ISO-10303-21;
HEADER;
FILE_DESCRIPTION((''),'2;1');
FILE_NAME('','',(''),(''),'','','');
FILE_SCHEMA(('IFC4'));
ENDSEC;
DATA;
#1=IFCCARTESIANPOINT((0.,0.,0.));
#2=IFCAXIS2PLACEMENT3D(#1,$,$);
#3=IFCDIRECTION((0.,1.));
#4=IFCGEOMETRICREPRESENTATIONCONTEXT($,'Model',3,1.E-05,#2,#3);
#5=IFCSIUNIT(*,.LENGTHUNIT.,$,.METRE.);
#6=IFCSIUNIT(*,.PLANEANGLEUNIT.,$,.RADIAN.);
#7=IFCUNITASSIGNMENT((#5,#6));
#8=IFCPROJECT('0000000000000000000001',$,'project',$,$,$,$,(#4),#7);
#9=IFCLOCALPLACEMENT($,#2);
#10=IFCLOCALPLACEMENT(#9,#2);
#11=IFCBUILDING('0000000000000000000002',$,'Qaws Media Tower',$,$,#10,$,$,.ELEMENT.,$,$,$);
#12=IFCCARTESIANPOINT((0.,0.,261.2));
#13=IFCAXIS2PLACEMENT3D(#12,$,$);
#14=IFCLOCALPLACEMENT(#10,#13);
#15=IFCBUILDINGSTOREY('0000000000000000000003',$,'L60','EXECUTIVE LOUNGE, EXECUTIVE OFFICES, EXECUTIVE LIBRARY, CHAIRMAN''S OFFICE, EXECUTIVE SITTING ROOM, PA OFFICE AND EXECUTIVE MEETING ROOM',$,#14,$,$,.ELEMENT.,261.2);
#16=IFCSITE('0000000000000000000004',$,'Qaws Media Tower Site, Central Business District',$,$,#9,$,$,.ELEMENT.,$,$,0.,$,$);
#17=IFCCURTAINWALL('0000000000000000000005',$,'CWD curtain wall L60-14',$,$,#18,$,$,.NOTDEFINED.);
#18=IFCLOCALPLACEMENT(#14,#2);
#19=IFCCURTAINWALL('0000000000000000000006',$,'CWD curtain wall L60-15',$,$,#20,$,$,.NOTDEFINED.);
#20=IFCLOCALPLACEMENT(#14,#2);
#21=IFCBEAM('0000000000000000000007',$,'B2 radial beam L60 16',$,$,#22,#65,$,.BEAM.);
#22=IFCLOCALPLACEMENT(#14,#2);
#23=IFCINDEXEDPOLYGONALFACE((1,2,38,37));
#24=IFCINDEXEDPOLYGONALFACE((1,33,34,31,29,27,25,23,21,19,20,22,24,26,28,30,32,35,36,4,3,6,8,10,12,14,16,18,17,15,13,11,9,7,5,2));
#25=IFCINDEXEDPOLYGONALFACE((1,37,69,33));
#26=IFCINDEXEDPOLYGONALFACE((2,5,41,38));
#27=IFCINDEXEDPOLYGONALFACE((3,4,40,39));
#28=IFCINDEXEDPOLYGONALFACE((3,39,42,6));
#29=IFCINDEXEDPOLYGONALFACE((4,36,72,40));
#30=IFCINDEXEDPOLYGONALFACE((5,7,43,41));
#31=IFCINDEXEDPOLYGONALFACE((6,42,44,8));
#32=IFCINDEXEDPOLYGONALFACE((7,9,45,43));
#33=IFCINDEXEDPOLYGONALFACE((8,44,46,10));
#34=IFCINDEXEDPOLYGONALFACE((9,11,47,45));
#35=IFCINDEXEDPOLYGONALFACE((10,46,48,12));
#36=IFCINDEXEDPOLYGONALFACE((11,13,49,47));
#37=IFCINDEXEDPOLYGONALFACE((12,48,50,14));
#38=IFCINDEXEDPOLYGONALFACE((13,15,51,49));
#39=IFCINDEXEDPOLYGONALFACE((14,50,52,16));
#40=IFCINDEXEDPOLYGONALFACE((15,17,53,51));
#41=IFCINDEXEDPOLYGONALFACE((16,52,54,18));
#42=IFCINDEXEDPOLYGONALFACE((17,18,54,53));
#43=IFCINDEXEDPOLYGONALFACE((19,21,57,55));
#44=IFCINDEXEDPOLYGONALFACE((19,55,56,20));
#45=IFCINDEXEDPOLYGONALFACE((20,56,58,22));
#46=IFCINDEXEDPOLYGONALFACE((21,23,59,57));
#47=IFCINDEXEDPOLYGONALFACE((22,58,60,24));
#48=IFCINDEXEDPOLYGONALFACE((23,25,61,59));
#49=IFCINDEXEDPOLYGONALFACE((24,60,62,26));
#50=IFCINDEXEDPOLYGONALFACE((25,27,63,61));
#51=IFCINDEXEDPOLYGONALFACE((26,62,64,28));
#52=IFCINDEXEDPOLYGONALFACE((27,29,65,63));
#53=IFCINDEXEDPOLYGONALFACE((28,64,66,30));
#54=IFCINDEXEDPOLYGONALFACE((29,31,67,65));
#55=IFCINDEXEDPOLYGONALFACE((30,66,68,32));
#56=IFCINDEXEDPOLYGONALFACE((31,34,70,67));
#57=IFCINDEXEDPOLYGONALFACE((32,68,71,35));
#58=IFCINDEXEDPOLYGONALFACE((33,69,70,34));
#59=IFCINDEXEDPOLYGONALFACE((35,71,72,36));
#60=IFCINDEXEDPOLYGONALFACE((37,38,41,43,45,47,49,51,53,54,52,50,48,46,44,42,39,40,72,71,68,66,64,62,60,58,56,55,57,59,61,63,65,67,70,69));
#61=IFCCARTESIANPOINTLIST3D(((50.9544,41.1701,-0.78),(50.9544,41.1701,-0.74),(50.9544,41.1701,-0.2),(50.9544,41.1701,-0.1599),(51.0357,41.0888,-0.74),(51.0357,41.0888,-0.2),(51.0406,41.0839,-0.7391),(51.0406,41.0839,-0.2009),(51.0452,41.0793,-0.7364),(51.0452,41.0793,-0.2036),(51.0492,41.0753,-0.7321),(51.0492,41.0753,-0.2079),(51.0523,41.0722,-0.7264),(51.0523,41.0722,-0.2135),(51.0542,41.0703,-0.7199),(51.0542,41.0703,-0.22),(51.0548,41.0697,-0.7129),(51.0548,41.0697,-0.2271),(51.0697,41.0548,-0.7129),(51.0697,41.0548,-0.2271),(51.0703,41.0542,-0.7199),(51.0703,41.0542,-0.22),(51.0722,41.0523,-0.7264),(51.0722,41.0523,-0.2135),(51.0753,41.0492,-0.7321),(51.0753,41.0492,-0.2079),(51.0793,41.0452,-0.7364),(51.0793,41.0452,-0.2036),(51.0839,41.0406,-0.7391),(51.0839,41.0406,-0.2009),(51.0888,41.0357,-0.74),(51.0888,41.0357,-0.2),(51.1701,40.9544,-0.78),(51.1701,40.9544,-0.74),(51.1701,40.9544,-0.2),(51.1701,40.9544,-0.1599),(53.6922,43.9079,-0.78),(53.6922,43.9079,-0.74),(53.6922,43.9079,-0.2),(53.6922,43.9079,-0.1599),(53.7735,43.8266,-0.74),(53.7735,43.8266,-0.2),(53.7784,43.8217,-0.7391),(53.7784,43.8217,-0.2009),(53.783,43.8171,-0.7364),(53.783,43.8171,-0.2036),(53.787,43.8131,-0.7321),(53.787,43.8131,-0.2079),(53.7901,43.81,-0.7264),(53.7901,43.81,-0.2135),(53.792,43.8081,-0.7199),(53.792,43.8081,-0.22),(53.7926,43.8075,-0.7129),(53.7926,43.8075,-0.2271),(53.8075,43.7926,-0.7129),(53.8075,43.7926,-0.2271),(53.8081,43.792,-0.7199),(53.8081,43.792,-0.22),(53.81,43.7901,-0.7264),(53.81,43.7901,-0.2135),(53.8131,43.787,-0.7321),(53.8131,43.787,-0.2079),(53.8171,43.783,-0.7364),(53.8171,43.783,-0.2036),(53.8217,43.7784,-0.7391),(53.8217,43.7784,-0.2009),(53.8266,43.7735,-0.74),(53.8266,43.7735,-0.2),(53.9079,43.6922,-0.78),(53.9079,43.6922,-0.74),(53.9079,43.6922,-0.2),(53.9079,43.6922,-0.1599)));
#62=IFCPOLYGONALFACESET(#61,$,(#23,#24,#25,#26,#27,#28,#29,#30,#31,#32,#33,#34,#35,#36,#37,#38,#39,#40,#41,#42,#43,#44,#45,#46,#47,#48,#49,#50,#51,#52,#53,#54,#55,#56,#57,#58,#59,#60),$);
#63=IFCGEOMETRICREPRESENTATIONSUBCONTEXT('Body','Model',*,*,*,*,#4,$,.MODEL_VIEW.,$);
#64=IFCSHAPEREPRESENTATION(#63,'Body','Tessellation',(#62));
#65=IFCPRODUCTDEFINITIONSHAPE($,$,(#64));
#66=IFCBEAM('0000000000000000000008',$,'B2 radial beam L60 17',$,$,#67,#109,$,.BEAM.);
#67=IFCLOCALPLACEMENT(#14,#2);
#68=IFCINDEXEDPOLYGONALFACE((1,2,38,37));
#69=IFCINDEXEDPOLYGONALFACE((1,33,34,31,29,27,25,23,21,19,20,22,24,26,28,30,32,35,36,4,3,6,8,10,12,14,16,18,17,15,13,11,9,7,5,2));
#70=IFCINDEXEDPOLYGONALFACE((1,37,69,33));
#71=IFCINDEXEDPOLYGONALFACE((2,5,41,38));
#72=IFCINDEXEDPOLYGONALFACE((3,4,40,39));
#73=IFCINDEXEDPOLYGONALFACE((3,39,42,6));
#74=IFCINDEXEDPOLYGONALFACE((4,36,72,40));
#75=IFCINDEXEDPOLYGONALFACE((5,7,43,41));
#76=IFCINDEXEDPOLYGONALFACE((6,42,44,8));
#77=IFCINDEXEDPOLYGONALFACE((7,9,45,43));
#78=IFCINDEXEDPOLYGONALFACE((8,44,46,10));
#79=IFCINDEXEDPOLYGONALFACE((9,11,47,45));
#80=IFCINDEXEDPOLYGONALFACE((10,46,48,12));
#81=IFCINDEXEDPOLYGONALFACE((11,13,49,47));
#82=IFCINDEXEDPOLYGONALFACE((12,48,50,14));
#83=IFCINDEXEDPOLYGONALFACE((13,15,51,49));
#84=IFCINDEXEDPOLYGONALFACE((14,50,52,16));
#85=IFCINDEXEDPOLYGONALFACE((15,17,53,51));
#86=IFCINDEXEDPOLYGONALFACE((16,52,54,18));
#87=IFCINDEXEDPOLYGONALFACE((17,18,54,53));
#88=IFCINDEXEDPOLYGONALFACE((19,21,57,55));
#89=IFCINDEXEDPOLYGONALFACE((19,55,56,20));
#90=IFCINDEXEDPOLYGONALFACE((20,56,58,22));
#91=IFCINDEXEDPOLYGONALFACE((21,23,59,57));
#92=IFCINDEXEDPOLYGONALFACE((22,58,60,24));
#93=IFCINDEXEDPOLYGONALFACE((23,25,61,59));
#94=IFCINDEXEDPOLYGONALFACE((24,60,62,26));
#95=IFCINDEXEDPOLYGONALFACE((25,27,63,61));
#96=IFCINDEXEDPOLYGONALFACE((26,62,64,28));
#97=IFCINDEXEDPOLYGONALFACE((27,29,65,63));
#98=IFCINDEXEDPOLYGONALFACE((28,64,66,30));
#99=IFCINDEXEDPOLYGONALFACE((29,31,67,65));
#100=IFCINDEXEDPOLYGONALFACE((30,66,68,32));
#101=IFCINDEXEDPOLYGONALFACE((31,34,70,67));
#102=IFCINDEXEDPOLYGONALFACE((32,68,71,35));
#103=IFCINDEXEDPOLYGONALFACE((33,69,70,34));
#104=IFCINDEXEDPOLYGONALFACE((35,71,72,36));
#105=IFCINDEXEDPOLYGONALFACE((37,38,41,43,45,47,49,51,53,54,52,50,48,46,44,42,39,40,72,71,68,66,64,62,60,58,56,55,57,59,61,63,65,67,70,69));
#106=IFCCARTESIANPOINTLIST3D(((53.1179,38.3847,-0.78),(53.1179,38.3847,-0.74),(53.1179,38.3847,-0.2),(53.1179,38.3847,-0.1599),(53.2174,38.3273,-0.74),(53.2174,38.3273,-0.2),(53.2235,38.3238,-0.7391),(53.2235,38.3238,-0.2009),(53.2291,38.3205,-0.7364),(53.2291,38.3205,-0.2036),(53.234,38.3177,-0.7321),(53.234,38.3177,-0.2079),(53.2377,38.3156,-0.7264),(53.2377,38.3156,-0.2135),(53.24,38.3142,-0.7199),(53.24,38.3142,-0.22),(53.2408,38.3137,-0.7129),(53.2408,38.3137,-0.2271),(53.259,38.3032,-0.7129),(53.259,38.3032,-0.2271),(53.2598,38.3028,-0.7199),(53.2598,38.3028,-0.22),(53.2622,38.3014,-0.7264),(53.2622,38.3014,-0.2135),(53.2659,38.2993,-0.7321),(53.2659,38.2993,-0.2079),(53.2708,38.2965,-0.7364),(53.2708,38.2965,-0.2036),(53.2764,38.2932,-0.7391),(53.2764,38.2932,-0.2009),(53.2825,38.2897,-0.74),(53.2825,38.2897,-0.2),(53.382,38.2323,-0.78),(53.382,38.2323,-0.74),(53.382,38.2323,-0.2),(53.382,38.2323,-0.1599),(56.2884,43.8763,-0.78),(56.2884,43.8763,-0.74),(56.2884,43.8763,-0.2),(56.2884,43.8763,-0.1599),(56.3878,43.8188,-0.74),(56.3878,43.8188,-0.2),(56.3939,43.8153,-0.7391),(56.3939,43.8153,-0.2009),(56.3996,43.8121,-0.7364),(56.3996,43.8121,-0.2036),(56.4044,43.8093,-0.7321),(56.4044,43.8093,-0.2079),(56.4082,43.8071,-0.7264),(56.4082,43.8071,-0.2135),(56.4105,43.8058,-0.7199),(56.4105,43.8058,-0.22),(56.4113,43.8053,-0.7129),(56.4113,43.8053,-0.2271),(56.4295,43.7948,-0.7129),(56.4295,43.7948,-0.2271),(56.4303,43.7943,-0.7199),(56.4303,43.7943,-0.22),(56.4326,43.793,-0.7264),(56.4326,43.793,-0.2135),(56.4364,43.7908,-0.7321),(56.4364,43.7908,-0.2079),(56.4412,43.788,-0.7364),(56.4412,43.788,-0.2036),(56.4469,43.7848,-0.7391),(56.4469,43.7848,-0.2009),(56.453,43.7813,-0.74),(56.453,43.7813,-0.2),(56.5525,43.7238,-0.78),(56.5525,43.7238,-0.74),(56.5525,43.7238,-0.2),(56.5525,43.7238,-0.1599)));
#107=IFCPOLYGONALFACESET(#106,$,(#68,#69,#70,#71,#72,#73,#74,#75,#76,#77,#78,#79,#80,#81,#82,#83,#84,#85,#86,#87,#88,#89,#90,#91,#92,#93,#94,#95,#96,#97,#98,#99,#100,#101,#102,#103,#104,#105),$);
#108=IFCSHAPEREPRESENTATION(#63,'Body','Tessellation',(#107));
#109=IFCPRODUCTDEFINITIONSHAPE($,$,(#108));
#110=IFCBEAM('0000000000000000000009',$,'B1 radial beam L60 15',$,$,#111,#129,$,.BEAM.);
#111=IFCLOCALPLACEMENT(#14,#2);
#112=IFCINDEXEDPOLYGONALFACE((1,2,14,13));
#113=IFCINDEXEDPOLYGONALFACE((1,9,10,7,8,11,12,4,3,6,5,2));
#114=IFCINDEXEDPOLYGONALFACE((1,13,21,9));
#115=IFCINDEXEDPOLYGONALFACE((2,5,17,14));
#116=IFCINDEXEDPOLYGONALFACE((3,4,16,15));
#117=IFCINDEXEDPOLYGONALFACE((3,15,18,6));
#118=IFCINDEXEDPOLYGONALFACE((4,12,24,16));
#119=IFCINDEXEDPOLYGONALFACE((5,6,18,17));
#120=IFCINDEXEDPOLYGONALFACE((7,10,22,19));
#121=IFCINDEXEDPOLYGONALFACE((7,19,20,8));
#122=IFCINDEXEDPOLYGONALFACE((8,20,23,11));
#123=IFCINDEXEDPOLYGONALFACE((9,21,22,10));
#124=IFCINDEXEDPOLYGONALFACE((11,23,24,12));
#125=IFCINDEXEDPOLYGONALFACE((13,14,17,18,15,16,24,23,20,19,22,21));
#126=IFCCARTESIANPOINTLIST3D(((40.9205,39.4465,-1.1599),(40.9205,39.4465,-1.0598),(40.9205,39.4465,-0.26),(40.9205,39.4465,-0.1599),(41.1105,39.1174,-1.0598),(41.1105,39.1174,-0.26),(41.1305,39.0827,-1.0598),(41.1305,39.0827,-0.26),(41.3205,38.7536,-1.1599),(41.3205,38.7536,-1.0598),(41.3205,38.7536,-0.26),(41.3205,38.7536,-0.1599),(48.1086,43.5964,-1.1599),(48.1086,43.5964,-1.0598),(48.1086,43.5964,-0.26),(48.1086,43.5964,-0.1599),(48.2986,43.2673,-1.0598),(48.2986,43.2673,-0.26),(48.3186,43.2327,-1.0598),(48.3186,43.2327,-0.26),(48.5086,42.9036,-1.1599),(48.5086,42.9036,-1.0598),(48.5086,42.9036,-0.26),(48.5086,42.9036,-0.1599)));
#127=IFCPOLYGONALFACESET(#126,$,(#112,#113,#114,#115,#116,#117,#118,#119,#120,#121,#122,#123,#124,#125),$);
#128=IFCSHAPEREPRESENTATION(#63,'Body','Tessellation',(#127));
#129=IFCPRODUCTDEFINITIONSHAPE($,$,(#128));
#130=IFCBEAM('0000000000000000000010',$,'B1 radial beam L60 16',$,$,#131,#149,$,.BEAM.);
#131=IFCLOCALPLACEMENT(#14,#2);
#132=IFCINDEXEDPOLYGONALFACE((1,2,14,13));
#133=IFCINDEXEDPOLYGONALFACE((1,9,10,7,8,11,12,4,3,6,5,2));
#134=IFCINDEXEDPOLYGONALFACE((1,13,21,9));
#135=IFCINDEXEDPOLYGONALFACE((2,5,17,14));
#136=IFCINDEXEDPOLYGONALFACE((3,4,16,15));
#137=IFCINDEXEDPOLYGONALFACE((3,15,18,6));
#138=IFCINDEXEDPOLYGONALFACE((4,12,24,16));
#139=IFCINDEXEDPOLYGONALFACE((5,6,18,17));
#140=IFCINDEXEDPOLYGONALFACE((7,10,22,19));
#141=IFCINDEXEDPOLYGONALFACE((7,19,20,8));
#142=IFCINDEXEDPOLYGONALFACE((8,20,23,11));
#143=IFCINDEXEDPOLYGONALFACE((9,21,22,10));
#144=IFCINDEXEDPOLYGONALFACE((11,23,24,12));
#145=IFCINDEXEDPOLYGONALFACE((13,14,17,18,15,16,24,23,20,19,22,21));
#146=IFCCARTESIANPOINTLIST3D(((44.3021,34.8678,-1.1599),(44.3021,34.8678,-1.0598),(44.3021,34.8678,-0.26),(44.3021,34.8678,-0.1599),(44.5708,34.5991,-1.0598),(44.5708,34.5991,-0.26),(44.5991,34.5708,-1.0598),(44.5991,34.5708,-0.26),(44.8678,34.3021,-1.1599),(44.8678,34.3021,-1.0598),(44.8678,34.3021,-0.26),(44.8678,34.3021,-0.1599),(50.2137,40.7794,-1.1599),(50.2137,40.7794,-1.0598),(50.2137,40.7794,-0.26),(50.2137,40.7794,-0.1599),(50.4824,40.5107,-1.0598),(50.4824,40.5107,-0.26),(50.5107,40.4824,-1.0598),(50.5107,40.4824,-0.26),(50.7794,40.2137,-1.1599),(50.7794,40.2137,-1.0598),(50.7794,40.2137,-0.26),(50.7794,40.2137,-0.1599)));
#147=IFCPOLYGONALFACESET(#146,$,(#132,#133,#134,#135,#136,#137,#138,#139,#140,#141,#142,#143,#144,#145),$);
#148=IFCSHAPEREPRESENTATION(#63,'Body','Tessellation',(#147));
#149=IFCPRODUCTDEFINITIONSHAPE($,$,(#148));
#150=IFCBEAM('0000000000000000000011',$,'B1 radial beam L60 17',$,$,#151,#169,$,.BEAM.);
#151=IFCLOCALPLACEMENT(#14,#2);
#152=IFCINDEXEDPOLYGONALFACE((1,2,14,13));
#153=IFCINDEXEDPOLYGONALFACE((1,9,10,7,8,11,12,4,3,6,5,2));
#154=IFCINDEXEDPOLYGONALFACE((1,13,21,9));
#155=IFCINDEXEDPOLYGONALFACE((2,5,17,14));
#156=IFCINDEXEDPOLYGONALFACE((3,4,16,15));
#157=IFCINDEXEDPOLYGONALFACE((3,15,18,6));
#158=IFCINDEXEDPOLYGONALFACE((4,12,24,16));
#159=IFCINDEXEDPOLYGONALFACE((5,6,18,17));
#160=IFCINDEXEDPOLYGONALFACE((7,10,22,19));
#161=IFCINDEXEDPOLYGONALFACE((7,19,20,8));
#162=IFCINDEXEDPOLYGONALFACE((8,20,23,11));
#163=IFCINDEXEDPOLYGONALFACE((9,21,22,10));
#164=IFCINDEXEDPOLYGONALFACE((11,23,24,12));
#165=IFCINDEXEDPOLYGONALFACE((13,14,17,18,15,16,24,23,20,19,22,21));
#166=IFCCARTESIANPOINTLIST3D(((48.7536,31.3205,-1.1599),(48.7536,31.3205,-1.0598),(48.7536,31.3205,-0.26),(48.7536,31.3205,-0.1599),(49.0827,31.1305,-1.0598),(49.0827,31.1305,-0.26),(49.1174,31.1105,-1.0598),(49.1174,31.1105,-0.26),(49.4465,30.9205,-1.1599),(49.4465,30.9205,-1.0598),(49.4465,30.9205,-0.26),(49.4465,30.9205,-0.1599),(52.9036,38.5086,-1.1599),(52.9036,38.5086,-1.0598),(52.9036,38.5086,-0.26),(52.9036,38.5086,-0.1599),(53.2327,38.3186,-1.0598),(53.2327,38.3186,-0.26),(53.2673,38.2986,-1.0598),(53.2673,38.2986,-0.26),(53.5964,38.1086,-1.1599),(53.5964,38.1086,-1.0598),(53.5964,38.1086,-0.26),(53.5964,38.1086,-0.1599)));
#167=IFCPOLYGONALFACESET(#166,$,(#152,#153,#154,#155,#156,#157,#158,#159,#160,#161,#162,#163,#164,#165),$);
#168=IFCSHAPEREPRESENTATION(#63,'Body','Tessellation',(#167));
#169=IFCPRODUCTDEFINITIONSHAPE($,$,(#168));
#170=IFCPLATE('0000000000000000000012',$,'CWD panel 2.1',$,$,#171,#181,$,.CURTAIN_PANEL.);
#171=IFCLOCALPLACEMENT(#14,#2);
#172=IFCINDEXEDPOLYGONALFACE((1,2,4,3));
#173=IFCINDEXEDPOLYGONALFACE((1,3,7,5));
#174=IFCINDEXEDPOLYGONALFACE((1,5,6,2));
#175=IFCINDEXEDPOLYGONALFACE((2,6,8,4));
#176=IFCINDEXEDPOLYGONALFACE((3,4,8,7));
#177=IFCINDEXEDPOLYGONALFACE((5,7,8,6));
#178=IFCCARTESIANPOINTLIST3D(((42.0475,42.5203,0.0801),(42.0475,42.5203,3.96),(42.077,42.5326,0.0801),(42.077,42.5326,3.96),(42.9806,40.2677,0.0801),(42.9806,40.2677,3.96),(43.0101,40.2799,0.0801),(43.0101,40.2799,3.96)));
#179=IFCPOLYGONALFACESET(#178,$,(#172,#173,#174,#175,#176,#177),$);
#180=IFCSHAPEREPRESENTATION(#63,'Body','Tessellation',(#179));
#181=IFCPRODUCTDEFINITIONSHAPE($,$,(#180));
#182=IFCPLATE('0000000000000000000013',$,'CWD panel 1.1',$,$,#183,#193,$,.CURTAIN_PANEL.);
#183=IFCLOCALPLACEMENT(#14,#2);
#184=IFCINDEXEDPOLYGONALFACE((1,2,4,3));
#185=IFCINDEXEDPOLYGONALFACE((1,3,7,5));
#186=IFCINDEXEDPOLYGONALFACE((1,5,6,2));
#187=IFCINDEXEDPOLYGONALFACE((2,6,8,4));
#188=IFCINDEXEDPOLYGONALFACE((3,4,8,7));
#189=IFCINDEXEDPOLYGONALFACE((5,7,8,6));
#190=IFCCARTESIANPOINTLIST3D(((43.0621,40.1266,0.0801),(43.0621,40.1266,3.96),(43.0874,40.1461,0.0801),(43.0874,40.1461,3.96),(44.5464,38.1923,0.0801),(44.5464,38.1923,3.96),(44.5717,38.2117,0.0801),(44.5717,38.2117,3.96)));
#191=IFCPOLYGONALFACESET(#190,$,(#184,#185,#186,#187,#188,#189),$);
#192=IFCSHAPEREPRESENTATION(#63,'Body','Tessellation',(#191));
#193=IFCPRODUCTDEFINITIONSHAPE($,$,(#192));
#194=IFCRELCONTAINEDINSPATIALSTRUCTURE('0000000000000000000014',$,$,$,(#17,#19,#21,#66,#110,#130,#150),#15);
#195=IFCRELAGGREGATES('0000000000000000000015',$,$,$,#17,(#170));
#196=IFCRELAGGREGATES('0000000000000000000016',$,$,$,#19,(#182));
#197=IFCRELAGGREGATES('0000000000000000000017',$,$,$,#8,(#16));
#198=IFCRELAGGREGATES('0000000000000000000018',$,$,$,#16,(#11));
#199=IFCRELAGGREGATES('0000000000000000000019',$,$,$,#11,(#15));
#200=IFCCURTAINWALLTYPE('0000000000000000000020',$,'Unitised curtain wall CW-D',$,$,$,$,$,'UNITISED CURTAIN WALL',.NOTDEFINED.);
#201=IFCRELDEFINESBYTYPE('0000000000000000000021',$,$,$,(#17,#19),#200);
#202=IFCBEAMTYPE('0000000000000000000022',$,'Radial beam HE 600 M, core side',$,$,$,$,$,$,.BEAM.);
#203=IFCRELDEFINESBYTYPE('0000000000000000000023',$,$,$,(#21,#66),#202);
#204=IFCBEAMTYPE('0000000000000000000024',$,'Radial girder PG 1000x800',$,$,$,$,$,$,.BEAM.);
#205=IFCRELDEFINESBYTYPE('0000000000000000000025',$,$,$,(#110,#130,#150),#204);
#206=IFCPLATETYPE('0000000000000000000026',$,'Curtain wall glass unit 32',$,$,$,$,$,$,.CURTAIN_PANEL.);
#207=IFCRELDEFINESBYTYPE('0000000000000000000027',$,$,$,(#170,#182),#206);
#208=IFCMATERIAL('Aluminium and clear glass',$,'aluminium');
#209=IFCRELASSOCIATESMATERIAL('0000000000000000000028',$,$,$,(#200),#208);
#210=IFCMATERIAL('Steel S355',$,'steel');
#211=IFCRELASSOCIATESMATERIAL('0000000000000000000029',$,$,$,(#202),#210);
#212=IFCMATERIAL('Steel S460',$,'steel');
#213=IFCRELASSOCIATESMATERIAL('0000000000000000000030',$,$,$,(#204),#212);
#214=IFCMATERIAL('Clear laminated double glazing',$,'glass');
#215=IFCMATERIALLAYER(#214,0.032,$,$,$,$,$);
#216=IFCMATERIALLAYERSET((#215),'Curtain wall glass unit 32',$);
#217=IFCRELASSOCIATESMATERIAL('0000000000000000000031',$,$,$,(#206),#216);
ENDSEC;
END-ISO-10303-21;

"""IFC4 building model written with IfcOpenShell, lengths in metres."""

from ifc_helpers import new_model, si_unit, direction, frame, origin, origin_2d, place, context, subcontext, project, spatial, rectangle, i_section, extrude, material, layer, layer_set, material_profile, profile_set, type_object, element, aggregate, save


model = new_model("IFC4")

# Units and contexts
model_context = context("Model", 3, precision=1e-05, world=origin(), true_north=direction((0.0, 1.0)))
body_context = subcontext(model_context, "Body", "Model", "MODEL_VIEW")
ifc_project = project(units=[si_unit("LENGTHUNIT", "METRE"), si_unit("PLANEANGLEUNIT", "RADIAN")], contexts=[model_context])

# Site, building, storey
site_placement = place(None, origin())
site = spatial("IfcSite", under=ifc_project, at=site_placement, Name="Qaws Media Tower Site, Central Business District", CompositionType="ELEMENT", RefElevation=0.0)
building_placement = place(site_placement, origin())
building = spatial("IfcBuilding", under=site, at=building_placement, Name="Qaws Media Tower", CompositionType="ELEMENT")
storey_placement = place(building_placement, frame((0.0, 0.0, 261.2)))
storey = spatial("IfcBuildingStorey", under=building, at=storey_placement, Name="L60", Description="EXECUTIVE LOUNGE, EXECUTIVE OFFICES, EXECUTIVE LIBRARY, CHAIRMAN'S OFFICE, EXECUTIVE SITTING ROOM, PA OFFICE AND EXECUTIVE MEETING ROOM", CompositionType="ELEMENT", Elevation=261.2)

# Curtain walls
ifc_material_1 = material(Name="Aluminium and clear glass", Category="aluminium")
curtain_wall_type = type_object("IfcCurtainWallType", Name="Unitised curtain wall CW-D", ElementType="UNITISED CURTAIN WALL", PredefinedType="NOTDEFINED", material=ifc_material_1)
curtain_wall_1_placement = place(storey_placement, origin())
curtain_wall_1 = element("IfcCurtainWall", 1, at=curtain_wall_1_placement, inside=storey, type_object=curtain_wall_type, Name="CWD curtain wall L60-14", PredefinedType="NOTDEFINED")
curtain_wall_2_placement = place(storey_placement, origin())
curtain_wall_2 = element("IfcCurtainWall", 2, at=curtain_wall_2_placement, inside=storey, type_object=curtain_wall_type, Name="CWD curtain wall L60-15", PredefinedType="NOTDEFINED")

# Beams
ifc_material_2 = material(Name="Steel S355", Category="steel")
ifc_material_profile_1 = material_profile(ifc_material_2, i_section(OverallWidth=0.3049, OverallDepth=0.6201, WebThickness=0.021, FlangeThickness=0.04, FilletRadius=0.0271, at=origin_2d()), Name="HE 600 M")
ifc_profile_set_1 = profile_set([ifc_material_profile_1], Name="Steel S355")
beam_type_1 = type_object("IfcBeamType", Name="Radial beam HE 600 M, core side", PredefinedType="BEAM", material=ifc_profile_set_1)
beam_1_placement = place(storey_placement, frame((53.8, 43.8, -0.47), z_axis=(-0.707107, -0.707107, 0.0), x_axis=(0.707107, -0.707107, 0.0)))
element("IfcBeam", 3, at=beam_1_placement, inside=storey, type_object=beam_type_1, Name="B2 radial beam L60 16", PredefinedType="BEAM", context=body_context, shape_type="SweptSolid", body=[
    extrude(i_section(OverallWidth=0.3049, OverallDepth=0.6201, WebThickness=0.021, FlangeThickness=0.04, FilletRadius=0.0271, at=origin_2d()), origin(), (0.0, 0.0, 1.0), 3.8718),
])
beam_2_placement = place(storey_placement, frame((56.4204, 43.8, -0.47), z_axis=(-0.49999, -0.866031, 0.0), x_axis=(0.866031, -0.49999, 0.0)))
element("IfcBeam", 4, at=beam_2_placement, inside=storey, type_object=beam_type_1, Name="B2 radial beam L60 17", PredefinedType="BEAM", context=body_context, shape_type="SweptSolid", body=[
    extrude(i_section(OverallWidth=0.3049, OverallDepth=0.6201, WebThickness=0.021, FlangeThickness=0.04, FilletRadius=0.0271, at=origin_2d()), origin(), (0.0, 0.0, 1.0), 6.3411),
])
ifc_material_3 = material(Name="Steel S460", Category="steel")
ifc_material_profile_2 = material_profile(ifc_material_3, i_section(OverallWidth=0.8, OverallDepth=1.0, WebThickness=0.04, FlangeThickness=0.1001, at=origin_2d()), Name="PG 1000x800")
ifc_profile_set_2 = profile_set([ifc_material_profile_2], Name="Steel S460")
beam_type_2 = type_object("IfcBeamType", Name="Radial girder PG 1000x800", PredefinedType="BEAM", material=ifc_profile_set_2)
beam_3_placement = place(storey_placement, frame((48.3086, 43.25, -0.6599), z_axis=(-0.86603, -0.499992, 0.0), x_axis=(0.499992, -0.86603, 0.0)))
element("IfcBeam", 5, at=beam_3_placement, inside=storey, type_object=beam_type_2, Name="B1 radial beam L60 15", PredefinedType="BEAM", context=body_context, shape_type="SweptSolid", body=[
    extrude(i_section(OverallWidth=0.8, OverallDepth=1.0, WebThickness=0.04, FlangeThickness=0.1001, at=origin_2d()), origin(), (0.0, 0.0, 1.0), 8.3),
])
beam_4_placement = place(storey_placement, frame((50.4966, 40.4966, -0.6599), z_axis=(-0.707107, -0.707107, 0.0), x_axis=(0.707107, -0.707107, 0.0)))
element("IfcBeam", 6, at=beam_4_placement, inside=storey, type_object=beam_type_2, Name="B1 radial beam L60 16", PredefinedType="BEAM", context=body_context, shape_type="SweptSolid", body=[
    extrude(i_section(OverallWidth=0.8, OverallDepth=1.0, WebThickness=0.04, FlangeThickness=0.1001, at=origin_2d()), origin(), (0.0, 0.0, 1.0), 8.3604),
])
beam_5_placement = place(storey_placement, frame((53.25, 38.3086, -0.6599), z_axis=(-0.499992, -0.86603, 0.0), x_axis=(0.86603, -0.499992, 0.0)))
element("IfcBeam", 7, at=beam_5_placement, inside=storey, type_object=beam_type_2, Name="B1 radial beam L60 17", PredefinedType="BEAM", context=body_context, shape_type="SweptSolid", body=[
    extrude(i_section(OverallWidth=0.8, OverallDepth=1.0, WebThickness=0.04, FlangeThickness=0.1001, at=origin_2d()), origin(), (0.0, 0.0, 1.0), 8.3),
])

# Plates
ifc_material_4 = material(Name="Clear laminated double glazing", Category="glass")
ifc_layer_1 = layer(ifc_material_4, 0.032)
ifc_layer_set_1 = layer_set([ifc_layer_1], Name="Curtain wall glass unit 32")
plate_type_1 = type_object("IfcPlateType", Name="Curtain wall glass unit 32", PredefinedType="CURTAIN_PANEL", material=ifc_layer_set_1)
plate_1_placement = place(storey_placement, frame((42.5288, 41.4001, 0.0801), z_axis=(0.0, 0.0, 1.0), x_axis=(0.382683, -0.92388, 0.0)))
plate_1 = element("IfcPlate", 8, at=plate_1_placement, type_object=plate_type_1, Name="CWD panel 2.1", PredefinedType="CURTAIN_PANEL", context=body_context, shape_type="SweptSolid", body=[
    extrude(rectangle(XDim=2.4382, YDim=0.032, at=origin_2d()), origin(), (0.0, 0.0, 1.0), 3.8799),
])
aggregate(curtain_wall_1, [plate_1])
plate_2_placement = place(storey_placement, frame((43.8169, 39.1692, 0.0801), z_axis=(0.0, 0.0, 1.0), x_axis=(0.608761, -0.793353, 0.0)))
plate_2 = element("IfcPlate", 9, at=plate_2_placement, type_object=plate_type_1, Name="CWD panel 1.1", PredefinedType="CURTAIN_PANEL", context=body_context, shape_type="SweptSolid", body=[
    extrude(rectangle(XDim=2.4382, YDim=0.032, at=origin_2d()), origin(), (0.0, 0.0, 1.0), 3.8799),
])
aggregate(curtain_wall_2, [plate_2])

save(model, "model.ifc")
